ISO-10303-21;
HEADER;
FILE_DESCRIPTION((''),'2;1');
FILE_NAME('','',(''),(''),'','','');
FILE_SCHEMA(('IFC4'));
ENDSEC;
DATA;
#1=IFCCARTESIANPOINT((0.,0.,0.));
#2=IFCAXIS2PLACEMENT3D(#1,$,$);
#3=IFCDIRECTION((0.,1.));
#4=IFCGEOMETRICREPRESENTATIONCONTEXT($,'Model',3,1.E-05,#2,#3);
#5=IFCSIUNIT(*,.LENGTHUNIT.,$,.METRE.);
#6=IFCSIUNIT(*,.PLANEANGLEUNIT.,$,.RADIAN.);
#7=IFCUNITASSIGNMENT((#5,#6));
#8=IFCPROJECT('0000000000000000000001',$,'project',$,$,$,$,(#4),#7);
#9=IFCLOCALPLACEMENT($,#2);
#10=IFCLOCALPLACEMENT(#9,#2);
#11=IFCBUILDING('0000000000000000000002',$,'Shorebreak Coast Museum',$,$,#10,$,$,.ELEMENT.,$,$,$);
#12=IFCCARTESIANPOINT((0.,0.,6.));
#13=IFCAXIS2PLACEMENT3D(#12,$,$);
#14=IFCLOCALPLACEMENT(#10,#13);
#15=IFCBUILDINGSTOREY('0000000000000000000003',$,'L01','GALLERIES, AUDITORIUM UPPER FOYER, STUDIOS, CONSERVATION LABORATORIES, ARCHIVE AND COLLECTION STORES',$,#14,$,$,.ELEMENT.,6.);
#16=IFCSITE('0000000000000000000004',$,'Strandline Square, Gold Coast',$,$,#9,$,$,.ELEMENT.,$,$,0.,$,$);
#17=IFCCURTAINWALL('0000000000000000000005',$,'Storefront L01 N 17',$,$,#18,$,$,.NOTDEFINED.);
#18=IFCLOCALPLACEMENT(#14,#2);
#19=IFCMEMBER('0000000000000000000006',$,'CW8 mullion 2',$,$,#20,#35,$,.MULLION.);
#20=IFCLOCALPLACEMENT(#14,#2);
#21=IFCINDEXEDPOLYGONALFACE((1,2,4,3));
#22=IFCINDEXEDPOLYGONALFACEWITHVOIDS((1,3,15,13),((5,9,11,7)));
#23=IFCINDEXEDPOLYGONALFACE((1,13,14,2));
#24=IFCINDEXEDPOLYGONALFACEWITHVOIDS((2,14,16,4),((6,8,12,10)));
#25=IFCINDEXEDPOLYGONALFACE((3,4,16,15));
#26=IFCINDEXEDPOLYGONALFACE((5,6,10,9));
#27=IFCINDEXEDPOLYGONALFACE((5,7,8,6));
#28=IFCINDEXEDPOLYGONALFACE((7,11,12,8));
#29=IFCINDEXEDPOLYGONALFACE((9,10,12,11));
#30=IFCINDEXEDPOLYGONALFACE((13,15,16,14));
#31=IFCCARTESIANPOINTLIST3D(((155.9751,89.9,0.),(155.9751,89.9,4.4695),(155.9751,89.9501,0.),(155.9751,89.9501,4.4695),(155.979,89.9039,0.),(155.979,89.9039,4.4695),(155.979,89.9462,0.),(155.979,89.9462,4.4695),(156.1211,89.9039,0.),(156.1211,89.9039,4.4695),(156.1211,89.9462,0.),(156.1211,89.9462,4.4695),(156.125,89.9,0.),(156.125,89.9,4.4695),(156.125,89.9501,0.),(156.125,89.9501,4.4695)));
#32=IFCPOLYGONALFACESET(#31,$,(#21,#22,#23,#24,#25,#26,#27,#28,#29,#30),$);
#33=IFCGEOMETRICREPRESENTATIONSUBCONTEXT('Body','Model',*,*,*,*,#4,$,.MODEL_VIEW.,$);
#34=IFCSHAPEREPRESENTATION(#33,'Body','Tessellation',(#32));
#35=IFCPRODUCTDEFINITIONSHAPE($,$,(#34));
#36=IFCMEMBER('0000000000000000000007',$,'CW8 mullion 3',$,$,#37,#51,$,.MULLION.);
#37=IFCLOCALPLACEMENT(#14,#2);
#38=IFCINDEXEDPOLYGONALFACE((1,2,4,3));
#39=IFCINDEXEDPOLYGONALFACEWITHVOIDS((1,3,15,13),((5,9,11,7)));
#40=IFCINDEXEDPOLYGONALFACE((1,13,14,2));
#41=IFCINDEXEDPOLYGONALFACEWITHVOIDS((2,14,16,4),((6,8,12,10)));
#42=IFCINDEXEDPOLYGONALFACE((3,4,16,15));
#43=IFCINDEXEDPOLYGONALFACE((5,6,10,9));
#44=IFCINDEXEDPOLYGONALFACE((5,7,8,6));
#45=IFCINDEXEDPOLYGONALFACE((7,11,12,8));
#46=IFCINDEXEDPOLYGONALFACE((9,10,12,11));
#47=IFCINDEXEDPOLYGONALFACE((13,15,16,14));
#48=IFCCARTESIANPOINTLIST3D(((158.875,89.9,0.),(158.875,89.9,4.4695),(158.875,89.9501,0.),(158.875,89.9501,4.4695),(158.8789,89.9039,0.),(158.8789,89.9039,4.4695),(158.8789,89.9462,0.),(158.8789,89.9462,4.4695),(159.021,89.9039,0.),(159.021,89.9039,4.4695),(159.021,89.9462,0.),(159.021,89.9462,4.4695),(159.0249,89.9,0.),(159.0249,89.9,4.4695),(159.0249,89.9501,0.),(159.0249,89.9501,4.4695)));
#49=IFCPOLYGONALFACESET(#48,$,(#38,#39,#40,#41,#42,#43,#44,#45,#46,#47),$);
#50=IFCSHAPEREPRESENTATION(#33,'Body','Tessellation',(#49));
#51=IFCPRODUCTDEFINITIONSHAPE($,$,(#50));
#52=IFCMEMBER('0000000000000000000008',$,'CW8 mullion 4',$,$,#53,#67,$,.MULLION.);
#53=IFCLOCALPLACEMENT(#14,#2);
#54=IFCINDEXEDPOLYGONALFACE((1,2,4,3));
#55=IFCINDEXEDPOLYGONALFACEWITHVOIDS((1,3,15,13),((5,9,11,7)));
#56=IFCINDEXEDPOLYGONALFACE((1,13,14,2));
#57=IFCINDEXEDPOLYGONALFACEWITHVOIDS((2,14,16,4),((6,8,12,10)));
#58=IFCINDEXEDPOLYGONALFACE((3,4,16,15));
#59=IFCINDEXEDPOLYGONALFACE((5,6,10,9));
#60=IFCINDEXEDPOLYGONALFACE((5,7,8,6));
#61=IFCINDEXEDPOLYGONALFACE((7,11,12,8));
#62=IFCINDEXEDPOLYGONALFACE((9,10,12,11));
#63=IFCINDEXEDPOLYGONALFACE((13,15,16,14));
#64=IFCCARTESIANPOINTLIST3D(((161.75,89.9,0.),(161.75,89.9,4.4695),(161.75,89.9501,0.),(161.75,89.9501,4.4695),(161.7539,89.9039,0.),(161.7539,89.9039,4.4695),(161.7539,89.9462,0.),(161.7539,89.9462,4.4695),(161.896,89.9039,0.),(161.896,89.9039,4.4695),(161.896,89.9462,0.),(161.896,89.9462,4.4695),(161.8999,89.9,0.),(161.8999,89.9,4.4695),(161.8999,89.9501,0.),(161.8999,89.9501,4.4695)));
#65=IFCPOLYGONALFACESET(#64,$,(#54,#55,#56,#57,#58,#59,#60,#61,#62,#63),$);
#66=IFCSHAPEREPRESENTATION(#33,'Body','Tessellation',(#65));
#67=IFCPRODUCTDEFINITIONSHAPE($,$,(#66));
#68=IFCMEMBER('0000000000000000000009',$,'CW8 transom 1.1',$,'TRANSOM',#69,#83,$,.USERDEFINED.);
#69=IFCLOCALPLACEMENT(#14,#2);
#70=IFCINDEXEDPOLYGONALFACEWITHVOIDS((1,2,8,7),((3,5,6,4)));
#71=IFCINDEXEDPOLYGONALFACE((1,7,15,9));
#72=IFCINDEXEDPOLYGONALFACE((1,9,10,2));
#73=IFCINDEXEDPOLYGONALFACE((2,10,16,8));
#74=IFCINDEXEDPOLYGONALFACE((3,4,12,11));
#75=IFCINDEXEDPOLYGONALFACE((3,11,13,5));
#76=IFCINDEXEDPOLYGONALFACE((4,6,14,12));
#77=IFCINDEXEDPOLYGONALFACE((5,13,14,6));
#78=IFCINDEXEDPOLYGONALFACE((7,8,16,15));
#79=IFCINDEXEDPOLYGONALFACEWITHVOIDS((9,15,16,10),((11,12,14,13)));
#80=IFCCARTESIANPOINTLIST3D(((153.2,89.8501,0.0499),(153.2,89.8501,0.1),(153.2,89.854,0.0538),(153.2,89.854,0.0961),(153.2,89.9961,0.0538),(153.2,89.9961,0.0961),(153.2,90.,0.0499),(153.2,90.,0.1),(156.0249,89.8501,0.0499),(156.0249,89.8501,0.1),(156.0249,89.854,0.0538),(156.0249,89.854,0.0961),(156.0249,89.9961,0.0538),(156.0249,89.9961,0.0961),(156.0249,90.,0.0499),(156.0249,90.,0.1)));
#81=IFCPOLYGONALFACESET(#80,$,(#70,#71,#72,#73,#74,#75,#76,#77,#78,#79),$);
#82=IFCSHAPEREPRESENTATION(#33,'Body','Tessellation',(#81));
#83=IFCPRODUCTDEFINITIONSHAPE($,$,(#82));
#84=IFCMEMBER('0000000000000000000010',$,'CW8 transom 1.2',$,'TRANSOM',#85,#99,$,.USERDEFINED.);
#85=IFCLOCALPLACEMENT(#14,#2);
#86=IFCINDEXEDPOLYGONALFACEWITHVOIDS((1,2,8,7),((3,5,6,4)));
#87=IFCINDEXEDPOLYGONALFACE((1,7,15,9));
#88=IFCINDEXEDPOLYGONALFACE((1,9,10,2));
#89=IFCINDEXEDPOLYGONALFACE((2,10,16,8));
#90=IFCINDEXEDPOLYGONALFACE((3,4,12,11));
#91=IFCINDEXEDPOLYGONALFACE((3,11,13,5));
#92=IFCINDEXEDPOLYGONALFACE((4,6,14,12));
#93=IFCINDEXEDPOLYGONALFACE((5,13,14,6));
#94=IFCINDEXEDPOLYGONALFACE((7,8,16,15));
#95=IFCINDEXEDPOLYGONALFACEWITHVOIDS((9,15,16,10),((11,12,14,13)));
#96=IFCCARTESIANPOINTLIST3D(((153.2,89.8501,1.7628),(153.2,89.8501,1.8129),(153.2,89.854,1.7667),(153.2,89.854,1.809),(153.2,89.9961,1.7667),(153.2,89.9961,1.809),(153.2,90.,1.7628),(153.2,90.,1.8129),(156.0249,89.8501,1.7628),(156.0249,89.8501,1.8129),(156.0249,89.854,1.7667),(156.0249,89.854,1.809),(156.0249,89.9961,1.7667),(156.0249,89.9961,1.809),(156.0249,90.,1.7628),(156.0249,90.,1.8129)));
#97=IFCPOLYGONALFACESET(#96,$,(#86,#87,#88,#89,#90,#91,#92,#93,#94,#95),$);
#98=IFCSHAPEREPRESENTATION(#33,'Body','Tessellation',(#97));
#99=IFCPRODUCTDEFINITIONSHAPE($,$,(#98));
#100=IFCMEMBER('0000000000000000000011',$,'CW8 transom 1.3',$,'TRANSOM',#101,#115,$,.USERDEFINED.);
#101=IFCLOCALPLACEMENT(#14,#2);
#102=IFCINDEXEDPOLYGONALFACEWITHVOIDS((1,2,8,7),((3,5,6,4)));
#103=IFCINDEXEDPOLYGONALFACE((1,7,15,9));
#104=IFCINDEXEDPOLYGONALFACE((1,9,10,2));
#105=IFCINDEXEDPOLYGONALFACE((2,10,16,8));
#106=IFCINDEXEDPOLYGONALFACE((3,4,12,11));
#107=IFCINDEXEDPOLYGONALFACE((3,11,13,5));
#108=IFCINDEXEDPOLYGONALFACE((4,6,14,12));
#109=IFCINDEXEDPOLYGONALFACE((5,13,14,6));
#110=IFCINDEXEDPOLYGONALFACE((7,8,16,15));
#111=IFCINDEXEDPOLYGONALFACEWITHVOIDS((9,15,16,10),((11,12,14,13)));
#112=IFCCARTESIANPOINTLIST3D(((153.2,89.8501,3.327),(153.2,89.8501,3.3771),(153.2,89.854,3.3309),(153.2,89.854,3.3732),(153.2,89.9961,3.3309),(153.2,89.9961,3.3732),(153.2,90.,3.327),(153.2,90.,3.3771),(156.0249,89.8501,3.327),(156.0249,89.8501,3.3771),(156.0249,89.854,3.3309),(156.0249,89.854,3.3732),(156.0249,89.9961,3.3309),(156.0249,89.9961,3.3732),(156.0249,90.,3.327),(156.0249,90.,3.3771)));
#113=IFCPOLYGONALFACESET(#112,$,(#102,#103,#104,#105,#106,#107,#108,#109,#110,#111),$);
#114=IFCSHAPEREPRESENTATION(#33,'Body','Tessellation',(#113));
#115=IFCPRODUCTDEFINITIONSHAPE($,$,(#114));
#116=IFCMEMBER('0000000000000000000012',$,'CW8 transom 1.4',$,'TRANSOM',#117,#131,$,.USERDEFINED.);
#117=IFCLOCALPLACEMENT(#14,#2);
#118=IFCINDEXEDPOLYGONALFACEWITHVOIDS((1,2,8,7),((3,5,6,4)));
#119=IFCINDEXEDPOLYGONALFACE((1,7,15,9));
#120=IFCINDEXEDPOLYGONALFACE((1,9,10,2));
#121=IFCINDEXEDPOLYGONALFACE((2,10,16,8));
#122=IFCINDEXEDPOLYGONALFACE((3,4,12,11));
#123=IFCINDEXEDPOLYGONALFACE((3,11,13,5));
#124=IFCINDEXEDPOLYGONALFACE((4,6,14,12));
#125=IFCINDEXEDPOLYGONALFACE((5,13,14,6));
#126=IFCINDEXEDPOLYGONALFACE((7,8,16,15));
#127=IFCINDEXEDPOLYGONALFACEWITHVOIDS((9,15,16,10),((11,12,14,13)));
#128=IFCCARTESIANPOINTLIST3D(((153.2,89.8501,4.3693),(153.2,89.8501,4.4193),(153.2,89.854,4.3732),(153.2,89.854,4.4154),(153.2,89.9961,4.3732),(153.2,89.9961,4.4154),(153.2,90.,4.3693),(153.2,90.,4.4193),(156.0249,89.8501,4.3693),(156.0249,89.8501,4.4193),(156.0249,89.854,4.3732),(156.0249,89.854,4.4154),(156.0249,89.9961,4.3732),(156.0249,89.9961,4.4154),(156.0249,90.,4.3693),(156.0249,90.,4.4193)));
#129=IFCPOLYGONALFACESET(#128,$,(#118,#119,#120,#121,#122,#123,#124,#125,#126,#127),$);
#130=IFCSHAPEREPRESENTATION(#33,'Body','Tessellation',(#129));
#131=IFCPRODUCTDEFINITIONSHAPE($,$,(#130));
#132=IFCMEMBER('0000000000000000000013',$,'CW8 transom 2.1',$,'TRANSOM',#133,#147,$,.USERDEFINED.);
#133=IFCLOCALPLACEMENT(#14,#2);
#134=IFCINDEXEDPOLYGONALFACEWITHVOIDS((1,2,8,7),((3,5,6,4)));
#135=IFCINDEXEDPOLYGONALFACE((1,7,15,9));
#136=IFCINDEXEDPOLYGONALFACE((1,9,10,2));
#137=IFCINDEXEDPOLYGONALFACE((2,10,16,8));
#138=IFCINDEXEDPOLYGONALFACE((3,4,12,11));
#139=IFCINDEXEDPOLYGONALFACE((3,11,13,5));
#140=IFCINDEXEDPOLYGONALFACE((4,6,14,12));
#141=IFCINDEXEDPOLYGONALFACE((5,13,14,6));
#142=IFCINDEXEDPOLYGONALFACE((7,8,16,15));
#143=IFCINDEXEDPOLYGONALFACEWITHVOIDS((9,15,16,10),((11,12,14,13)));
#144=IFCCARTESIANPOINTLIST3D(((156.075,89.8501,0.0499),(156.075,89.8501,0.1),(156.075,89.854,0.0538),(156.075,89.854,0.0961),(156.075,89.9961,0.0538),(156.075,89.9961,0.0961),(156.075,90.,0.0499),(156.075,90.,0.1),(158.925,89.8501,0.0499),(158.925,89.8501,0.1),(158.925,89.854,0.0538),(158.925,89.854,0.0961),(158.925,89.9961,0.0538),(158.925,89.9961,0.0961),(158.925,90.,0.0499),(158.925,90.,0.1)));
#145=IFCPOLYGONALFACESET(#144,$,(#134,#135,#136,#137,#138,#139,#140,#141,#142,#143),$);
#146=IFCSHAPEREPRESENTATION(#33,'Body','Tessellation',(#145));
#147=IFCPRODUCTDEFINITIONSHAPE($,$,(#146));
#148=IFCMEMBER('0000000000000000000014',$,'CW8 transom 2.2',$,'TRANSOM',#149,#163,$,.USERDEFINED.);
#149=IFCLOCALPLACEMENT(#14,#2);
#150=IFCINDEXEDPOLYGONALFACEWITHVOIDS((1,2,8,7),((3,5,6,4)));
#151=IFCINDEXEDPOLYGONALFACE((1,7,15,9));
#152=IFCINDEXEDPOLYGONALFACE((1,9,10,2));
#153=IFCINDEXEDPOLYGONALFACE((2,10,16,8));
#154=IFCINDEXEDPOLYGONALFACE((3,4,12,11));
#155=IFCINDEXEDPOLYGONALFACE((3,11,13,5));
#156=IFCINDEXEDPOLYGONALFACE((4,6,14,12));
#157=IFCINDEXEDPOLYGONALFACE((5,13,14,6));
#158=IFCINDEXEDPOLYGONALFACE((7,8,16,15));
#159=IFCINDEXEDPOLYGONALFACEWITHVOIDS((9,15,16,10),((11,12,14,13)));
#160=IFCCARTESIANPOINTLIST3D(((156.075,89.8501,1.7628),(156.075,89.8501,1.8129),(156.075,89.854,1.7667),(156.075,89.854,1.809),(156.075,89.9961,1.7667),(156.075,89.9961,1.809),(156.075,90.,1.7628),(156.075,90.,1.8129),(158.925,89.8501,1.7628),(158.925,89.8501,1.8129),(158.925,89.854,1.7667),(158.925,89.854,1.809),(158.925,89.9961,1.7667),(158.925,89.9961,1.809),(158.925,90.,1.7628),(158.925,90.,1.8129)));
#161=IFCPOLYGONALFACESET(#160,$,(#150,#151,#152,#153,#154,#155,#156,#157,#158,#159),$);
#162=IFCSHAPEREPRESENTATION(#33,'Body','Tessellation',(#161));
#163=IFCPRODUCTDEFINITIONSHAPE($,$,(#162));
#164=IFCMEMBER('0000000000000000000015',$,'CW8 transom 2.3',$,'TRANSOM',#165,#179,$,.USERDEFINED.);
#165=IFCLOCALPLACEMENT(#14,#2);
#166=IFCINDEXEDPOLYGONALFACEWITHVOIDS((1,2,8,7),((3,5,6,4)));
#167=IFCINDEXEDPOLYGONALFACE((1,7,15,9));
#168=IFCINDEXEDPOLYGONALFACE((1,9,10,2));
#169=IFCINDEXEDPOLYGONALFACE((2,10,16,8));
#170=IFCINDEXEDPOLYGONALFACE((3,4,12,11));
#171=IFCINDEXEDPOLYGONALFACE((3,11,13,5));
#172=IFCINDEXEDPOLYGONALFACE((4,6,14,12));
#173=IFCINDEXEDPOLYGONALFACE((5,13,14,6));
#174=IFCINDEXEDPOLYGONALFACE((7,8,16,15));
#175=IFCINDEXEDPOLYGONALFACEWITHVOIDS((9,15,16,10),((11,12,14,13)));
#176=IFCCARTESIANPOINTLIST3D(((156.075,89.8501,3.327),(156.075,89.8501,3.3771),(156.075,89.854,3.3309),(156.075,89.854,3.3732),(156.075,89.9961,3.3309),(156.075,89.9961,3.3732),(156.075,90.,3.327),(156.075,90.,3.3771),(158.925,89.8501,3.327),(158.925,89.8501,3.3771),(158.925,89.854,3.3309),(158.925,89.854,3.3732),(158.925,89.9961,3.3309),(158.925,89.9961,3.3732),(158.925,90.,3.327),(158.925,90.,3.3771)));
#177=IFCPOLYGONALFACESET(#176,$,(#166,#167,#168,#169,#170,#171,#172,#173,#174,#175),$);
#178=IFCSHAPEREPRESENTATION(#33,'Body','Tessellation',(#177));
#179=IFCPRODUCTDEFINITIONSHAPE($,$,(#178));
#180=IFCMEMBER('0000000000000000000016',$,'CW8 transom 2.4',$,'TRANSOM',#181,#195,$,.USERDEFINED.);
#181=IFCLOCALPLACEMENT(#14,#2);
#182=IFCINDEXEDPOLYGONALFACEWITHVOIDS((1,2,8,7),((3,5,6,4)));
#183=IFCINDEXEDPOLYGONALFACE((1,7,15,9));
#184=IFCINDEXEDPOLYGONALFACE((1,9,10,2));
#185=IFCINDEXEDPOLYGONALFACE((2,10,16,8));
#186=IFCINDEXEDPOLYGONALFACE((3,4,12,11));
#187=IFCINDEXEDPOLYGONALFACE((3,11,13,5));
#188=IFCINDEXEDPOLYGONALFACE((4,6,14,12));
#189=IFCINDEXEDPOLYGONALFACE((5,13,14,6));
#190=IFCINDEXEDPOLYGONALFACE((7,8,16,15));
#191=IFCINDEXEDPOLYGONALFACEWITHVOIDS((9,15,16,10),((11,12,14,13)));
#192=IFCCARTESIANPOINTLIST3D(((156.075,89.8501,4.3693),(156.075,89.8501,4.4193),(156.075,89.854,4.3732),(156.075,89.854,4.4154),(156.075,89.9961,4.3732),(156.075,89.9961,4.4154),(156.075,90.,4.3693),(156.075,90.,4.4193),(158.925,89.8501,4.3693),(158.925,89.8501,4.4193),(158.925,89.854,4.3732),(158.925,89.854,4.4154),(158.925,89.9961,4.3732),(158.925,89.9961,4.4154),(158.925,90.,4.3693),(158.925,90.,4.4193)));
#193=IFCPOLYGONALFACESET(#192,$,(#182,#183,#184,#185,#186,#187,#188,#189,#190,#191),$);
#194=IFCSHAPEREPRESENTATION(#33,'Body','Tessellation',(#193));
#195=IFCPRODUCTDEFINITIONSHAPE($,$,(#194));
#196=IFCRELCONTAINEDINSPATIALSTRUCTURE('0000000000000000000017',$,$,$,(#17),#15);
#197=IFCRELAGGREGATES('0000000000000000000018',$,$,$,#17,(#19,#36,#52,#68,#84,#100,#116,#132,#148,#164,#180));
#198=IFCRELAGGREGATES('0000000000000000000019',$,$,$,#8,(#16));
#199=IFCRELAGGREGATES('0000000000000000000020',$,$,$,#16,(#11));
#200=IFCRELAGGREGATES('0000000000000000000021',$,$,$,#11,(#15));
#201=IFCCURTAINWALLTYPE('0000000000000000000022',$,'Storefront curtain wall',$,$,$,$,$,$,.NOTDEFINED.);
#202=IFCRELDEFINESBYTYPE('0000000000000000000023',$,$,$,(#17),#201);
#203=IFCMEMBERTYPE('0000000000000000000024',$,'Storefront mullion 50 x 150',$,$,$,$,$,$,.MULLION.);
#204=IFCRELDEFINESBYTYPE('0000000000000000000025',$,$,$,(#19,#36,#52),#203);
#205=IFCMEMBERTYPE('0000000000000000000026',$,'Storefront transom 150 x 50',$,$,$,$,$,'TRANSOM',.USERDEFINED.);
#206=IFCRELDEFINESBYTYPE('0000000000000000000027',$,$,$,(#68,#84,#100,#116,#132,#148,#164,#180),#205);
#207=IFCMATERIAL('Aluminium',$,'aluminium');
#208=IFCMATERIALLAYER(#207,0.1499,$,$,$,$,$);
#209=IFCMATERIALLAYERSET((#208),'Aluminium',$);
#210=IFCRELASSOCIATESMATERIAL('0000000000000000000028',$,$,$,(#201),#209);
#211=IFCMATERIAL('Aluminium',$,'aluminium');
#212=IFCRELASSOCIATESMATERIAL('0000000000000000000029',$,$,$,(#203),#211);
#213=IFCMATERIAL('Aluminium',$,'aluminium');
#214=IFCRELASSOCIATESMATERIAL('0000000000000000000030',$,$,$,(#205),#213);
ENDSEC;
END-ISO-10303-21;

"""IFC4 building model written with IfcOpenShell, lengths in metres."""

from ifc_helpers import new_model, si_unit, direction, frame, origin, origin_2d, place, context, subcontext, project, spatial, hollow_rectangle, extrude, material, layer, layer_set, material_profile, profile_set, type_object, element, aggregate, save


model = new_model("IFC4")

# Units and contexts
model_context = context("Model", 3, precision=1e-05, world=origin(), true_north=direction((0.0, 1.0)))
body_context = subcontext(model_context, "Body", "Model", "MODEL_VIEW")
ifc_project = project(units=[si_unit("LENGTHUNIT", "METRE"), si_unit("PLANEANGLEUNIT", "RADIAN")], contexts=[model_context])

# Site, building, storey
site_placement = place(None, origin())
site = spatial("IfcSite", under=ifc_project, at=site_placement, Name="Strandline Square, Gold Coast", CompositionType="ELEMENT", RefElevation=0.0)
building_placement = place(site_placement, origin())
building = spatial("IfcBuilding", under=site, at=building_placement, Name="Shorebreak Coast Museum", CompositionType="ELEMENT")
storey_placement = place(building_placement, frame((0.0, 0.0, 6.0)))
storey = spatial("IfcBuildingStorey", under=building, at=storey_placement, Name="L01", Description="GALLERIES, AUDITORIUM UPPER FOYER, STUDIOS, CONSERVATION LABORATORIES, ARCHIVE AND COLLECTION STORES", CompositionType="ELEMENT", Elevation=6.0)

# Curtain wall, members
ifc_material_1 = material(Name="Aluminium", Category="aluminium")
ifc_layer_1 = layer(ifc_material_1, 0.1499)
ifc_layer_set_1 = layer_set([ifc_layer_1], Name="Aluminium")
curtain_wall_type = type_object("IfcCurtainWallType", Name="Storefront curtain wall", PredefinedType="NOTDEFINED", material=ifc_layer_set_1)
curtain_wall_placement = place(storey_placement, origin())
curtain_wall = element("IfcCurtainWall", 1, at=curtain_wall_placement, inside=storey, type_object=curtain_wall_type, Name="Storefront L01 N 17", PredefinedType="NOTDEFINED")
ifc_material_2 = material(Name="Aluminium", Category="aluminium")
ifc_material_profile_1 = material_profile(ifc_material_2, hollow_rectangle(XDim=0.05, YDim=0.1499, WallThickness=0.0039, at=origin_2d()), Name="AL 150x50 RHS")
ifc_profile_set_1 = profile_set([ifc_material_profile_1], Name="Aluminium")
member_type_1 = type_object("IfcMemberType", Name="Storefront mullion 50 x 150", PredefinedType="MULLION", material=ifc_profile_set_1)
member_1_placement = place(storey_placement, frame((156.05, 89.925, 0.0), z_axis=(0.0, 0.0, 1.0), x_axis=(0.0, 1.0, 0.0)))
member_1 = element("IfcMember", 2, at=member_1_placement, type_object=member_type_1, Name="CW8 mullion 2", PredefinedType="MULLION", context=body_context, shape_type="SweptSolid", body=[
    extrude(hollow_rectangle(XDim=0.05, YDim=0.1499, WallThickness=0.0039, at=origin_2d()), origin(), (0.0, 0.0, 1.0), 4.4695),
])
member_2_placement = place(storey_placement, frame((158.95, 89.925, 0.0), z_axis=(0.0, 0.0, 1.0), x_axis=(0.0, 1.0, 0.0)))
member_2 = element("IfcMember", 3, at=member_2_placement, type_object=member_type_1, Name="CW8 mullion 3", PredefinedType="MULLION", context=body_context, shape_type="SweptSolid", body=[
    extrude(hollow_rectangle(XDim=0.05, YDim=0.1499, WallThickness=0.0039, at=origin_2d()), origin(), (0.0, 0.0, 1.0), 4.4695),
])
member_3_placement = place(storey_placement, frame((161.825, 89.925, 0.0), z_axis=(0.0, 0.0, 1.0), x_axis=(0.0, 1.0, 0.0)))
member_3 = element("IfcMember", 4, at=member_3_placement, type_object=member_type_1, Name="CW8 mullion 4", PredefinedType="MULLION", context=body_context, shape_type="SweptSolid", body=[
    extrude(hollow_rectangle(XDim=0.05, YDim=0.1499, WallThickness=0.0039, at=origin_2d()), origin(), (0.0, 0.0, 1.0), 4.4695),
])
ifc_material_3 = material(Name="Aluminium", Category="aluminium")
ifc_material_profile_2 = material_profile(ifc_material_3, hollow_rectangle(XDim=0.1499, YDim=0.05, WallThickness=0.0039, at=origin_2d()), Name="AL 50x150 RHS")
ifc_profile_set_2 = profile_set([ifc_material_profile_2], Name="Aluminium")
member_type_2 = type_object("IfcMemberType", Name="Storefront transom 150 x 50", ElementType="TRANSOM", PredefinedType="USERDEFINED", material=ifc_profile_set_2)
member_4_placement = place(storey_placement, frame((153.2, 89.925, 0.075), z_axis=(1.0, 0.0, 0.0), x_axis=(0.0, 1.0, 0.0)))
member_4 = element("IfcMember", 5, at=member_4_placement, type_object=member_type_2, Name="CW8 transom 1.1", ObjectType="TRANSOM", PredefinedType="USERDEFINED", context=body_context, shape_type="SweptSolid", body=[
    extrude(hollow_rectangle(XDim=0.1499, YDim=0.05, WallThickness=0.0039, at=origin_2d()), origin(), (0.0, 0.0, 1.0), 2.825),
])
member_5_placement = place(storey_placement, frame((153.2, 89.925, 1.7878), z_axis=(1.0, 0.0, 0.0), x_axis=(0.0, 1.0, 0.0)))
member_5 = element("IfcMember", 6, at=member_5_placement, type_object=member_type_2, Name="CW8 transom 1.2", ObjectType="TRANSOM", PredefinedType="USERDEFINED", context=body_context, shape_type="SweptSolid", body=[
    extrude(hollow_rectangle(XDim=0.1499, YDim=0.05, WallThickness=0.0039, at=origin_2d()), origin(), (0.0, 0.0, 1.0), 2.825),
])
member_6_placement = place(storey_placement, frame((153.2, 89.925, 3.3521), z_axis=(1.0, 0.0, 0.0), x_axis=(0.0, 1.0, 0.0)))
member_6 = element("IfcMember", 7, at=member_6_placement, type_object=member_type_2, Name="CW8 transom 1.3", ObjectType="TRANSOM", PredefinedType="USERDEFINED", context=body_context, shape_type="SweptSolid", body=[
    extrude(hollow_rectangle(XDim=0.1499, YDim=0.05, WallThickness=0.0039, at=origin_2d()), origin(), (0.0, 0.0, 1.0), 2.825),
])
member_7_placement = place(storey_placement, frame((153.2, 89.925, 4.3943), z_axis=(1.0, 0.0, 0.0), x_axis=(0.0, 1.0, 0.0)))
member_7 = element("IfcMember", 8, at=member_7_placement, type_object=member_type_2, Name="CW8 transom 1.4", ObjectType="TRANSOM", PredefinedType="USERDEFINED", context=body_context, shape_type="SweptSolid", body=[
    extrude(hollow_rectangle(XDim=0.1499, YDim=0.05, WallThickness=0.0039, at=origin_2d()), origin(), (0.0, 0.0, 1.0), 2.825),
])
member_8_placement = place(storey_placement, frame((156.075, 89.925, 0.075), z_axis=(1.0, 0.0, 0.0), x_axis=(0.0, 1.0, 0.0)))
member_8 = element("IfcMember", 9, at=member_8_placement, type_object=member_type_2, Name="CW8 transom 2.1", ObjectType="TRANSOM", PredefinedType="USERDEFINED", context=body_context, shape_type="SweptSolid", body=[
    extrude(hollow_rectangle(XDim=0.1499, YDim=0.05, WallThickness=0.0039, at=origin_2d()), origin(), (0.0, 0.0, 1.0), 2.8501),
])
member_9_placement = place(storey_placement, frame((156.075, 89.925, 1.7878), z_axis=(1.0, 0.0, 0.0), x_axis=(0.0, 1.0, 0.0)))
member_9 = element("IfcMember", 10, at=member_9_placement, type_object=member_type_2, Name="CW8 transom 2.2", ObjectType="TRANSOM", PredefinedType="USERDEFINED", context=body_context, shape_type="SweptSolid", body=[
    extrude(hollow_rectangle(XDim=0.1499, YDim=0.05, WallThickness=0.0039, at=origin_2d()), origin(), (0.0, 0.0, 1.0), 2.8501),
])
member_10_placement = place(storey_placement, frame((156.075, 89.925, 3.3521), z_axis=(1.0, 0.0, 0.0), x_axis=(0.0, 1.0, 0.0)))
member_10 = element("IfcMember", 11, at=member_10_placement, type_object=member_type_2, Name="CW8 transom 2.3", ObjectType="TRANSOM", PredefinedType="USERDEFINED", context=body_context, shape_type="SweptSolid", body=[
    extrude(hollow_rectangle(XDim=0.1499, YDim=0.05, WallThickness=0.0039, at=origin_2d()), origin(), (0.0, 0.0, 1.0), 2.8501),
])
member_11_placement = place(storey_placement, frame((156.075, 89.925, 4.3943), z_axis=(1.0, 0.0, 0.0), x_axis=(0.0, 1.0, 0.0)))
member_11 = element("IfcMember", 12, at=member_11_placement, type_object=member_type_2, Name="CW8 transom 2.4", ObjectType="TRANSOM", PredefinedType="USERDEFINED", context=body_context, shape_type="SweptSolid", body=[
    extrude(hollow_rectangle(XDim=0.1499, YDim=0.05, WallThickness=0.0039, at=origin_2d()), origin(), (0.0, 0.0, 1.0), 2.8501),
])

aggregate(curtain_wall, [member_1, member_2, member_3, member_4, member_5, member_6, member_7, member_8, member_9, member_10, member_11])

save(model, "model.ifc")
